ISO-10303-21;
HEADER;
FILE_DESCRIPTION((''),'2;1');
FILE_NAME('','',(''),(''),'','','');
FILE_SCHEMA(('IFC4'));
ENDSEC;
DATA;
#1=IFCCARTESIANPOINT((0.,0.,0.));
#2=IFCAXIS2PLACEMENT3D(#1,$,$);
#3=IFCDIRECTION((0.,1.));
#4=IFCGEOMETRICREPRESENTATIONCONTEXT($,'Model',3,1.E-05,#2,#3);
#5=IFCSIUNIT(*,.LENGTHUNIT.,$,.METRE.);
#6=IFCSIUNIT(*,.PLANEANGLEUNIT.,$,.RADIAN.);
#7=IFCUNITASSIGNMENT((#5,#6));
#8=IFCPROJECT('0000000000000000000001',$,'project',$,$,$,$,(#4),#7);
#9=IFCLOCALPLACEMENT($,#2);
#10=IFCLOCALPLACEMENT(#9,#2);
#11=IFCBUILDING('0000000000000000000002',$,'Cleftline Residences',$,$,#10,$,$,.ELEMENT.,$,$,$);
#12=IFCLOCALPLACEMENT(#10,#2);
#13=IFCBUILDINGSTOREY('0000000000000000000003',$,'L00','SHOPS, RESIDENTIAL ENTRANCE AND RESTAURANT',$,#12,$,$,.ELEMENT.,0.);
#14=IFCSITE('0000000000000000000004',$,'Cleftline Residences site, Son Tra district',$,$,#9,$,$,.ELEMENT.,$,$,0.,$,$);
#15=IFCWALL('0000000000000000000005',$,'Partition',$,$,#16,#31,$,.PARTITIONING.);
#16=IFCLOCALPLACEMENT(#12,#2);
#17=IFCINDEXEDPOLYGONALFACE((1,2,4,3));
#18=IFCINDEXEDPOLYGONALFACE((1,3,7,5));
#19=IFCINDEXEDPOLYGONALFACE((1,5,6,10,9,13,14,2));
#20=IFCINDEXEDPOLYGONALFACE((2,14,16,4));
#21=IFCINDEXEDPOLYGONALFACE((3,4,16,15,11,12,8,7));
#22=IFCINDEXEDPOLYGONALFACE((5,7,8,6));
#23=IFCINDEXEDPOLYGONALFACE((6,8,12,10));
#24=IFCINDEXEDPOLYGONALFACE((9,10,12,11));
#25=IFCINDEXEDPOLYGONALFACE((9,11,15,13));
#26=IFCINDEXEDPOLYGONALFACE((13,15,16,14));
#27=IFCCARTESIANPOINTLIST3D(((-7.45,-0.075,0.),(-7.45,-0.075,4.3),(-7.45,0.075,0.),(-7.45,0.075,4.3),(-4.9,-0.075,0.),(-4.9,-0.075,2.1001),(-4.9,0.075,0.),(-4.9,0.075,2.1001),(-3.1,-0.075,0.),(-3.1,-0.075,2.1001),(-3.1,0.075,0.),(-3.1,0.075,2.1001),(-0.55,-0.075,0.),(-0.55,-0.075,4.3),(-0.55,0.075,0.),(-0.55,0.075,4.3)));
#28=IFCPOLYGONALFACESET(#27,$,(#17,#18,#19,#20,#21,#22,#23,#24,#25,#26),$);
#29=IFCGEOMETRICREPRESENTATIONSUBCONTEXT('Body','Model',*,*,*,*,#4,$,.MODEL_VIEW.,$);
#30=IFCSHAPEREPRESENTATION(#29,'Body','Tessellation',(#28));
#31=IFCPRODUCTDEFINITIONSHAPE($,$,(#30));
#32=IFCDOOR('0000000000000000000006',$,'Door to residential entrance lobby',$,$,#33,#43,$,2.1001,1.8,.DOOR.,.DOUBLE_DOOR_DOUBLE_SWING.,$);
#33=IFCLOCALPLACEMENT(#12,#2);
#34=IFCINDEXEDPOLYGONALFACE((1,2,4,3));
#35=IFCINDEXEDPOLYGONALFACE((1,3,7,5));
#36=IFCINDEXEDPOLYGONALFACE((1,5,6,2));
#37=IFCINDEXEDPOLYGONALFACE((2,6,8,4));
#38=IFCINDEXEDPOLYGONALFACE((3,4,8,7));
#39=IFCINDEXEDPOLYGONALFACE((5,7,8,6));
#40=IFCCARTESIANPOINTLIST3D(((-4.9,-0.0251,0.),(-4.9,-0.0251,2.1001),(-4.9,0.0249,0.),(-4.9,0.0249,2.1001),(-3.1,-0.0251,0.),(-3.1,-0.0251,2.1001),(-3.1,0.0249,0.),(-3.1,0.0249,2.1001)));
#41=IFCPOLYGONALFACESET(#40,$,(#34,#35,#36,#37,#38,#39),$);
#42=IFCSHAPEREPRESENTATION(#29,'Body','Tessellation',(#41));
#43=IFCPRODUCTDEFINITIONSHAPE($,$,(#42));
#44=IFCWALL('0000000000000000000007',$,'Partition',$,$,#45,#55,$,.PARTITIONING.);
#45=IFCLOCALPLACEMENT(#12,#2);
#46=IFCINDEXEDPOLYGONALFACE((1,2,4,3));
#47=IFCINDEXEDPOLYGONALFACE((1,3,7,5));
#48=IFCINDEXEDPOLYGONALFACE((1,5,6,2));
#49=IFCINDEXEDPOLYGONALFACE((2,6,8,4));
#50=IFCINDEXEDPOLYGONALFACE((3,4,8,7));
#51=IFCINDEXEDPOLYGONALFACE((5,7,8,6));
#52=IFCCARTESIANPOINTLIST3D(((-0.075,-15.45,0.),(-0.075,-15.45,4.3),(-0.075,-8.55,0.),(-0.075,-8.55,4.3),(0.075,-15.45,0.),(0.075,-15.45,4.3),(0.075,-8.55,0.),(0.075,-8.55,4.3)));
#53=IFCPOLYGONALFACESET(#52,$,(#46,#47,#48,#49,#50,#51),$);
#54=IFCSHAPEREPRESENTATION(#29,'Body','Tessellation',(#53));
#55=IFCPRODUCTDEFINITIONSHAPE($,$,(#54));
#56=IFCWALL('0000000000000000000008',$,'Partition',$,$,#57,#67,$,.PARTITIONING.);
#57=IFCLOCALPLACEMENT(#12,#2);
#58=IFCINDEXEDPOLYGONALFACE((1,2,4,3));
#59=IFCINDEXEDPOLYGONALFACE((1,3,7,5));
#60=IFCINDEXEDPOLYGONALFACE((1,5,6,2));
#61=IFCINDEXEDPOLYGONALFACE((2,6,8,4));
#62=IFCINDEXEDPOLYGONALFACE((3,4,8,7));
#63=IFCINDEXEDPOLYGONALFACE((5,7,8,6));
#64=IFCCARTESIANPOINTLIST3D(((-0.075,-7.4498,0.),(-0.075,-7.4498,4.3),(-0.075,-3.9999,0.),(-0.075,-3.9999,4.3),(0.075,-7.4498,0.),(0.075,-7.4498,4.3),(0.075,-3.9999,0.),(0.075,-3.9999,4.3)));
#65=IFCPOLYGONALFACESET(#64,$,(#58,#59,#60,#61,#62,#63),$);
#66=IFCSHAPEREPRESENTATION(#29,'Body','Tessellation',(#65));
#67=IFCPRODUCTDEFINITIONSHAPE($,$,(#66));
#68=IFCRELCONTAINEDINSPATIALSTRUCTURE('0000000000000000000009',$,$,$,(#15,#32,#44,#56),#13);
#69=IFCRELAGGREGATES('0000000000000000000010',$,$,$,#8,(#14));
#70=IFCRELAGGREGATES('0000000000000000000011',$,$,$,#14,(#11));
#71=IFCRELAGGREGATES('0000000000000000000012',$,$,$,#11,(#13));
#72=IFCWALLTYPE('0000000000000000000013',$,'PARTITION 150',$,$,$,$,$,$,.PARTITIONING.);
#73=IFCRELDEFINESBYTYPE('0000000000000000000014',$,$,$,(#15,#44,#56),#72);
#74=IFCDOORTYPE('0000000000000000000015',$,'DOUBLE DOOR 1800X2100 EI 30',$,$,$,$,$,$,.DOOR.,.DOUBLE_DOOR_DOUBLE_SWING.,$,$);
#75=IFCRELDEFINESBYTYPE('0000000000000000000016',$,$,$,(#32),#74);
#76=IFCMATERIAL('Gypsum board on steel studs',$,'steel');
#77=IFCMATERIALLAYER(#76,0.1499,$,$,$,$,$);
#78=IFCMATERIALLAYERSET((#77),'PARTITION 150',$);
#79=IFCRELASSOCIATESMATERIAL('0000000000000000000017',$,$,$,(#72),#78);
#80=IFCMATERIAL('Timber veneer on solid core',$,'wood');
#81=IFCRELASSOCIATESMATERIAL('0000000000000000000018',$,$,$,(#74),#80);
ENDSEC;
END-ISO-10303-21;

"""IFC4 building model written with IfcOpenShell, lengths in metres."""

from ifc_helpers import new_model, si_unit, direction, frame, frame_2d, origin, place, context, subcontext, project, spatial, rectangle, extrude, material, layer, layer_set, type_object, element, fill, save


model = new_model("IFC4")

# Units and contexts
model_context = context("Model", 3, precision=1e-05, world=origin(), true_north=direction((0.0, 1.0)))
body_context = subcontext(model_context, "Body", "Model", "MODEL_VIEW")
ifc_project = project(units=[si_unit("LENGTHUNIT", "METRE"), si_unit("PLANEANGLEUNIT", "RADIAN")], contexts=[model_context])

# Site, building, storey
site_placement = place(None, origin())
site = spatial("IfcSite", under=ifc_project, at=site_placement, Name="Cleftline Residences site, Son Tra district", CompositionType="ELEMENT", RefElevation=0.0)
building_placement = place(site_placement, origin())
building = spatial("IfcBuilding", under=site, at=building_placement, Name="Cleftline Residences", CompositionType="ELEMENT")
storey_placement = place(building_placement, origin())
storey = spatial("IfcBuildingStorey", under=building, at=storey_placement, Name="L00", Description="SHOPS, RESIDENTIAL ENTRANCE AND RESTAURANT", CompositionType="ELEMENT", Elevation=0.0)

# Wall, opening, door
ifc_material_1 = material(Name="Gypsum board on steel studs", Category="steel")
ifc_layer_1 = layer(ifc_material_1, 0.1499)
ifc_layer_set_1 = layer_set([ifc_layer_1], Name="PARTITION 150")
wall_type = type_object("IfcWallType", Name="PARTITION 150", PredefinedType="PARTITIONING", material=ifc_layer_set_1)
wall_1_placement = place(storey_placement, frame((-7.45, 0.0, 0.0), z_axis=(0.0, 0.0, 1.0), x_axis=(1.0, 0.0, 0.0)))
wall_1 = element("IfcWall", 1, at=wall_1_placement, inside=storey, type_object=wall_type, Name="Partition", PredefinedType="PARTITIONING", context=body_context, shape_type="SweptSolid", body=[
    extrude(rectangle(XDim=6.8999, YDim=0.1499, at=frame_2d((3.45, 0.0))), origin(), (0.0, 0.0, 1.0), 4.3),
])
opening_placement = place(wall_1_placement, frame((2.55, 0.0, 0.0)))
opening = element("IfcOpeningElement", 2, at=opening_placement, cuts=wall_1, PredefinedType="OPENING", context=body_context, shape_type="SweptSolid", body=[
    extrude(rectangle(XDim=1.8, YDim=2.1001, at=frame_2d((0.8999, 1.05))), frame((0.0, 0.085, 0.0), z_axis=(0.0, -1.0, 0.0), x_axis=(1.0, 0.0, 0.0)), (0.0, 0.0, 1.0), 0.1699),
])
ifc_material_2 = material(Name="Timber veneer on solid core", Category="wood")
door_type = type_object("IfcDoorType", Name="DOUBLE DOOR 1800X2100 EI 30", OperationType="DOUBLE_DOOR_DOUBLE_SWING", PredefinedType="DOOR", material=ifc_material_2)
door_placement = place(opening_placement, origin())
door = element("IfcDoor", 3, at=door_placement, inside=storey, type_object=door_type, Name="Door to residential entrance lobby", OperationType="DOUBLE_DOOR_DOUBLE_SWING", OverallHeight=2.1001, OverallWidth=1.8, PredefinedType="DOOR", context=body_context, shape_type="SweptSolid", body=[
    extrude(rectangle(XDim=1.8, YDim=2.1001, at=frame_2d((0.8999, 1.05))), frame((0.0, 0.0249, 0.0), z_axis=(0.0, -1.0, 0.0), x_axis=(1.0, 0.0, 0.0)), (0.0, 0.0, 1.0), 0.05),
])
fill(opening, door)

# Walls
wall_2_placement = place(storey_placement, frame((0.0, -15.45, 0.0), z_axis=(0.0, 0.0, 1.0), x_axis=(0.0, 1.0, 0.0)))
element("IfcWall", 4, at=wall_2_placement, inside=storey, type_object=wall_type, Name="Partition", PredefinedType="PARTITIONING", context=body_context, shape_type="SweptSolid", body=[
    extrude(rectangle(XDim=6.8999, YDim=0.1499, at=frame_2d((3.45, 0.0))), origin(), (0.0, 0.0, 1.0), 4.3),
])
wall_3_placement = place(storey_placement, frame((0.0, -7.45, 0.0), z_axis=(0.0, 0.0, 1.0), x_axis=(0.0, 1.0, 0.0)))
element("IfcWall", 5, at=wall_3_placement, inside=storey, type_object=wall_type, Name="Partition", PredefinedType="PARTITIONING", context=body_context, shape_type="SweptSolid", body=[
    extrude(rectangle(XDim=3.45, YDim=0.1499, at=frame_2d((1.7251, 0.0))), origin(), (0.0, 0.0, 1.0), 4.3),
])

save(model, "model.ifc")
